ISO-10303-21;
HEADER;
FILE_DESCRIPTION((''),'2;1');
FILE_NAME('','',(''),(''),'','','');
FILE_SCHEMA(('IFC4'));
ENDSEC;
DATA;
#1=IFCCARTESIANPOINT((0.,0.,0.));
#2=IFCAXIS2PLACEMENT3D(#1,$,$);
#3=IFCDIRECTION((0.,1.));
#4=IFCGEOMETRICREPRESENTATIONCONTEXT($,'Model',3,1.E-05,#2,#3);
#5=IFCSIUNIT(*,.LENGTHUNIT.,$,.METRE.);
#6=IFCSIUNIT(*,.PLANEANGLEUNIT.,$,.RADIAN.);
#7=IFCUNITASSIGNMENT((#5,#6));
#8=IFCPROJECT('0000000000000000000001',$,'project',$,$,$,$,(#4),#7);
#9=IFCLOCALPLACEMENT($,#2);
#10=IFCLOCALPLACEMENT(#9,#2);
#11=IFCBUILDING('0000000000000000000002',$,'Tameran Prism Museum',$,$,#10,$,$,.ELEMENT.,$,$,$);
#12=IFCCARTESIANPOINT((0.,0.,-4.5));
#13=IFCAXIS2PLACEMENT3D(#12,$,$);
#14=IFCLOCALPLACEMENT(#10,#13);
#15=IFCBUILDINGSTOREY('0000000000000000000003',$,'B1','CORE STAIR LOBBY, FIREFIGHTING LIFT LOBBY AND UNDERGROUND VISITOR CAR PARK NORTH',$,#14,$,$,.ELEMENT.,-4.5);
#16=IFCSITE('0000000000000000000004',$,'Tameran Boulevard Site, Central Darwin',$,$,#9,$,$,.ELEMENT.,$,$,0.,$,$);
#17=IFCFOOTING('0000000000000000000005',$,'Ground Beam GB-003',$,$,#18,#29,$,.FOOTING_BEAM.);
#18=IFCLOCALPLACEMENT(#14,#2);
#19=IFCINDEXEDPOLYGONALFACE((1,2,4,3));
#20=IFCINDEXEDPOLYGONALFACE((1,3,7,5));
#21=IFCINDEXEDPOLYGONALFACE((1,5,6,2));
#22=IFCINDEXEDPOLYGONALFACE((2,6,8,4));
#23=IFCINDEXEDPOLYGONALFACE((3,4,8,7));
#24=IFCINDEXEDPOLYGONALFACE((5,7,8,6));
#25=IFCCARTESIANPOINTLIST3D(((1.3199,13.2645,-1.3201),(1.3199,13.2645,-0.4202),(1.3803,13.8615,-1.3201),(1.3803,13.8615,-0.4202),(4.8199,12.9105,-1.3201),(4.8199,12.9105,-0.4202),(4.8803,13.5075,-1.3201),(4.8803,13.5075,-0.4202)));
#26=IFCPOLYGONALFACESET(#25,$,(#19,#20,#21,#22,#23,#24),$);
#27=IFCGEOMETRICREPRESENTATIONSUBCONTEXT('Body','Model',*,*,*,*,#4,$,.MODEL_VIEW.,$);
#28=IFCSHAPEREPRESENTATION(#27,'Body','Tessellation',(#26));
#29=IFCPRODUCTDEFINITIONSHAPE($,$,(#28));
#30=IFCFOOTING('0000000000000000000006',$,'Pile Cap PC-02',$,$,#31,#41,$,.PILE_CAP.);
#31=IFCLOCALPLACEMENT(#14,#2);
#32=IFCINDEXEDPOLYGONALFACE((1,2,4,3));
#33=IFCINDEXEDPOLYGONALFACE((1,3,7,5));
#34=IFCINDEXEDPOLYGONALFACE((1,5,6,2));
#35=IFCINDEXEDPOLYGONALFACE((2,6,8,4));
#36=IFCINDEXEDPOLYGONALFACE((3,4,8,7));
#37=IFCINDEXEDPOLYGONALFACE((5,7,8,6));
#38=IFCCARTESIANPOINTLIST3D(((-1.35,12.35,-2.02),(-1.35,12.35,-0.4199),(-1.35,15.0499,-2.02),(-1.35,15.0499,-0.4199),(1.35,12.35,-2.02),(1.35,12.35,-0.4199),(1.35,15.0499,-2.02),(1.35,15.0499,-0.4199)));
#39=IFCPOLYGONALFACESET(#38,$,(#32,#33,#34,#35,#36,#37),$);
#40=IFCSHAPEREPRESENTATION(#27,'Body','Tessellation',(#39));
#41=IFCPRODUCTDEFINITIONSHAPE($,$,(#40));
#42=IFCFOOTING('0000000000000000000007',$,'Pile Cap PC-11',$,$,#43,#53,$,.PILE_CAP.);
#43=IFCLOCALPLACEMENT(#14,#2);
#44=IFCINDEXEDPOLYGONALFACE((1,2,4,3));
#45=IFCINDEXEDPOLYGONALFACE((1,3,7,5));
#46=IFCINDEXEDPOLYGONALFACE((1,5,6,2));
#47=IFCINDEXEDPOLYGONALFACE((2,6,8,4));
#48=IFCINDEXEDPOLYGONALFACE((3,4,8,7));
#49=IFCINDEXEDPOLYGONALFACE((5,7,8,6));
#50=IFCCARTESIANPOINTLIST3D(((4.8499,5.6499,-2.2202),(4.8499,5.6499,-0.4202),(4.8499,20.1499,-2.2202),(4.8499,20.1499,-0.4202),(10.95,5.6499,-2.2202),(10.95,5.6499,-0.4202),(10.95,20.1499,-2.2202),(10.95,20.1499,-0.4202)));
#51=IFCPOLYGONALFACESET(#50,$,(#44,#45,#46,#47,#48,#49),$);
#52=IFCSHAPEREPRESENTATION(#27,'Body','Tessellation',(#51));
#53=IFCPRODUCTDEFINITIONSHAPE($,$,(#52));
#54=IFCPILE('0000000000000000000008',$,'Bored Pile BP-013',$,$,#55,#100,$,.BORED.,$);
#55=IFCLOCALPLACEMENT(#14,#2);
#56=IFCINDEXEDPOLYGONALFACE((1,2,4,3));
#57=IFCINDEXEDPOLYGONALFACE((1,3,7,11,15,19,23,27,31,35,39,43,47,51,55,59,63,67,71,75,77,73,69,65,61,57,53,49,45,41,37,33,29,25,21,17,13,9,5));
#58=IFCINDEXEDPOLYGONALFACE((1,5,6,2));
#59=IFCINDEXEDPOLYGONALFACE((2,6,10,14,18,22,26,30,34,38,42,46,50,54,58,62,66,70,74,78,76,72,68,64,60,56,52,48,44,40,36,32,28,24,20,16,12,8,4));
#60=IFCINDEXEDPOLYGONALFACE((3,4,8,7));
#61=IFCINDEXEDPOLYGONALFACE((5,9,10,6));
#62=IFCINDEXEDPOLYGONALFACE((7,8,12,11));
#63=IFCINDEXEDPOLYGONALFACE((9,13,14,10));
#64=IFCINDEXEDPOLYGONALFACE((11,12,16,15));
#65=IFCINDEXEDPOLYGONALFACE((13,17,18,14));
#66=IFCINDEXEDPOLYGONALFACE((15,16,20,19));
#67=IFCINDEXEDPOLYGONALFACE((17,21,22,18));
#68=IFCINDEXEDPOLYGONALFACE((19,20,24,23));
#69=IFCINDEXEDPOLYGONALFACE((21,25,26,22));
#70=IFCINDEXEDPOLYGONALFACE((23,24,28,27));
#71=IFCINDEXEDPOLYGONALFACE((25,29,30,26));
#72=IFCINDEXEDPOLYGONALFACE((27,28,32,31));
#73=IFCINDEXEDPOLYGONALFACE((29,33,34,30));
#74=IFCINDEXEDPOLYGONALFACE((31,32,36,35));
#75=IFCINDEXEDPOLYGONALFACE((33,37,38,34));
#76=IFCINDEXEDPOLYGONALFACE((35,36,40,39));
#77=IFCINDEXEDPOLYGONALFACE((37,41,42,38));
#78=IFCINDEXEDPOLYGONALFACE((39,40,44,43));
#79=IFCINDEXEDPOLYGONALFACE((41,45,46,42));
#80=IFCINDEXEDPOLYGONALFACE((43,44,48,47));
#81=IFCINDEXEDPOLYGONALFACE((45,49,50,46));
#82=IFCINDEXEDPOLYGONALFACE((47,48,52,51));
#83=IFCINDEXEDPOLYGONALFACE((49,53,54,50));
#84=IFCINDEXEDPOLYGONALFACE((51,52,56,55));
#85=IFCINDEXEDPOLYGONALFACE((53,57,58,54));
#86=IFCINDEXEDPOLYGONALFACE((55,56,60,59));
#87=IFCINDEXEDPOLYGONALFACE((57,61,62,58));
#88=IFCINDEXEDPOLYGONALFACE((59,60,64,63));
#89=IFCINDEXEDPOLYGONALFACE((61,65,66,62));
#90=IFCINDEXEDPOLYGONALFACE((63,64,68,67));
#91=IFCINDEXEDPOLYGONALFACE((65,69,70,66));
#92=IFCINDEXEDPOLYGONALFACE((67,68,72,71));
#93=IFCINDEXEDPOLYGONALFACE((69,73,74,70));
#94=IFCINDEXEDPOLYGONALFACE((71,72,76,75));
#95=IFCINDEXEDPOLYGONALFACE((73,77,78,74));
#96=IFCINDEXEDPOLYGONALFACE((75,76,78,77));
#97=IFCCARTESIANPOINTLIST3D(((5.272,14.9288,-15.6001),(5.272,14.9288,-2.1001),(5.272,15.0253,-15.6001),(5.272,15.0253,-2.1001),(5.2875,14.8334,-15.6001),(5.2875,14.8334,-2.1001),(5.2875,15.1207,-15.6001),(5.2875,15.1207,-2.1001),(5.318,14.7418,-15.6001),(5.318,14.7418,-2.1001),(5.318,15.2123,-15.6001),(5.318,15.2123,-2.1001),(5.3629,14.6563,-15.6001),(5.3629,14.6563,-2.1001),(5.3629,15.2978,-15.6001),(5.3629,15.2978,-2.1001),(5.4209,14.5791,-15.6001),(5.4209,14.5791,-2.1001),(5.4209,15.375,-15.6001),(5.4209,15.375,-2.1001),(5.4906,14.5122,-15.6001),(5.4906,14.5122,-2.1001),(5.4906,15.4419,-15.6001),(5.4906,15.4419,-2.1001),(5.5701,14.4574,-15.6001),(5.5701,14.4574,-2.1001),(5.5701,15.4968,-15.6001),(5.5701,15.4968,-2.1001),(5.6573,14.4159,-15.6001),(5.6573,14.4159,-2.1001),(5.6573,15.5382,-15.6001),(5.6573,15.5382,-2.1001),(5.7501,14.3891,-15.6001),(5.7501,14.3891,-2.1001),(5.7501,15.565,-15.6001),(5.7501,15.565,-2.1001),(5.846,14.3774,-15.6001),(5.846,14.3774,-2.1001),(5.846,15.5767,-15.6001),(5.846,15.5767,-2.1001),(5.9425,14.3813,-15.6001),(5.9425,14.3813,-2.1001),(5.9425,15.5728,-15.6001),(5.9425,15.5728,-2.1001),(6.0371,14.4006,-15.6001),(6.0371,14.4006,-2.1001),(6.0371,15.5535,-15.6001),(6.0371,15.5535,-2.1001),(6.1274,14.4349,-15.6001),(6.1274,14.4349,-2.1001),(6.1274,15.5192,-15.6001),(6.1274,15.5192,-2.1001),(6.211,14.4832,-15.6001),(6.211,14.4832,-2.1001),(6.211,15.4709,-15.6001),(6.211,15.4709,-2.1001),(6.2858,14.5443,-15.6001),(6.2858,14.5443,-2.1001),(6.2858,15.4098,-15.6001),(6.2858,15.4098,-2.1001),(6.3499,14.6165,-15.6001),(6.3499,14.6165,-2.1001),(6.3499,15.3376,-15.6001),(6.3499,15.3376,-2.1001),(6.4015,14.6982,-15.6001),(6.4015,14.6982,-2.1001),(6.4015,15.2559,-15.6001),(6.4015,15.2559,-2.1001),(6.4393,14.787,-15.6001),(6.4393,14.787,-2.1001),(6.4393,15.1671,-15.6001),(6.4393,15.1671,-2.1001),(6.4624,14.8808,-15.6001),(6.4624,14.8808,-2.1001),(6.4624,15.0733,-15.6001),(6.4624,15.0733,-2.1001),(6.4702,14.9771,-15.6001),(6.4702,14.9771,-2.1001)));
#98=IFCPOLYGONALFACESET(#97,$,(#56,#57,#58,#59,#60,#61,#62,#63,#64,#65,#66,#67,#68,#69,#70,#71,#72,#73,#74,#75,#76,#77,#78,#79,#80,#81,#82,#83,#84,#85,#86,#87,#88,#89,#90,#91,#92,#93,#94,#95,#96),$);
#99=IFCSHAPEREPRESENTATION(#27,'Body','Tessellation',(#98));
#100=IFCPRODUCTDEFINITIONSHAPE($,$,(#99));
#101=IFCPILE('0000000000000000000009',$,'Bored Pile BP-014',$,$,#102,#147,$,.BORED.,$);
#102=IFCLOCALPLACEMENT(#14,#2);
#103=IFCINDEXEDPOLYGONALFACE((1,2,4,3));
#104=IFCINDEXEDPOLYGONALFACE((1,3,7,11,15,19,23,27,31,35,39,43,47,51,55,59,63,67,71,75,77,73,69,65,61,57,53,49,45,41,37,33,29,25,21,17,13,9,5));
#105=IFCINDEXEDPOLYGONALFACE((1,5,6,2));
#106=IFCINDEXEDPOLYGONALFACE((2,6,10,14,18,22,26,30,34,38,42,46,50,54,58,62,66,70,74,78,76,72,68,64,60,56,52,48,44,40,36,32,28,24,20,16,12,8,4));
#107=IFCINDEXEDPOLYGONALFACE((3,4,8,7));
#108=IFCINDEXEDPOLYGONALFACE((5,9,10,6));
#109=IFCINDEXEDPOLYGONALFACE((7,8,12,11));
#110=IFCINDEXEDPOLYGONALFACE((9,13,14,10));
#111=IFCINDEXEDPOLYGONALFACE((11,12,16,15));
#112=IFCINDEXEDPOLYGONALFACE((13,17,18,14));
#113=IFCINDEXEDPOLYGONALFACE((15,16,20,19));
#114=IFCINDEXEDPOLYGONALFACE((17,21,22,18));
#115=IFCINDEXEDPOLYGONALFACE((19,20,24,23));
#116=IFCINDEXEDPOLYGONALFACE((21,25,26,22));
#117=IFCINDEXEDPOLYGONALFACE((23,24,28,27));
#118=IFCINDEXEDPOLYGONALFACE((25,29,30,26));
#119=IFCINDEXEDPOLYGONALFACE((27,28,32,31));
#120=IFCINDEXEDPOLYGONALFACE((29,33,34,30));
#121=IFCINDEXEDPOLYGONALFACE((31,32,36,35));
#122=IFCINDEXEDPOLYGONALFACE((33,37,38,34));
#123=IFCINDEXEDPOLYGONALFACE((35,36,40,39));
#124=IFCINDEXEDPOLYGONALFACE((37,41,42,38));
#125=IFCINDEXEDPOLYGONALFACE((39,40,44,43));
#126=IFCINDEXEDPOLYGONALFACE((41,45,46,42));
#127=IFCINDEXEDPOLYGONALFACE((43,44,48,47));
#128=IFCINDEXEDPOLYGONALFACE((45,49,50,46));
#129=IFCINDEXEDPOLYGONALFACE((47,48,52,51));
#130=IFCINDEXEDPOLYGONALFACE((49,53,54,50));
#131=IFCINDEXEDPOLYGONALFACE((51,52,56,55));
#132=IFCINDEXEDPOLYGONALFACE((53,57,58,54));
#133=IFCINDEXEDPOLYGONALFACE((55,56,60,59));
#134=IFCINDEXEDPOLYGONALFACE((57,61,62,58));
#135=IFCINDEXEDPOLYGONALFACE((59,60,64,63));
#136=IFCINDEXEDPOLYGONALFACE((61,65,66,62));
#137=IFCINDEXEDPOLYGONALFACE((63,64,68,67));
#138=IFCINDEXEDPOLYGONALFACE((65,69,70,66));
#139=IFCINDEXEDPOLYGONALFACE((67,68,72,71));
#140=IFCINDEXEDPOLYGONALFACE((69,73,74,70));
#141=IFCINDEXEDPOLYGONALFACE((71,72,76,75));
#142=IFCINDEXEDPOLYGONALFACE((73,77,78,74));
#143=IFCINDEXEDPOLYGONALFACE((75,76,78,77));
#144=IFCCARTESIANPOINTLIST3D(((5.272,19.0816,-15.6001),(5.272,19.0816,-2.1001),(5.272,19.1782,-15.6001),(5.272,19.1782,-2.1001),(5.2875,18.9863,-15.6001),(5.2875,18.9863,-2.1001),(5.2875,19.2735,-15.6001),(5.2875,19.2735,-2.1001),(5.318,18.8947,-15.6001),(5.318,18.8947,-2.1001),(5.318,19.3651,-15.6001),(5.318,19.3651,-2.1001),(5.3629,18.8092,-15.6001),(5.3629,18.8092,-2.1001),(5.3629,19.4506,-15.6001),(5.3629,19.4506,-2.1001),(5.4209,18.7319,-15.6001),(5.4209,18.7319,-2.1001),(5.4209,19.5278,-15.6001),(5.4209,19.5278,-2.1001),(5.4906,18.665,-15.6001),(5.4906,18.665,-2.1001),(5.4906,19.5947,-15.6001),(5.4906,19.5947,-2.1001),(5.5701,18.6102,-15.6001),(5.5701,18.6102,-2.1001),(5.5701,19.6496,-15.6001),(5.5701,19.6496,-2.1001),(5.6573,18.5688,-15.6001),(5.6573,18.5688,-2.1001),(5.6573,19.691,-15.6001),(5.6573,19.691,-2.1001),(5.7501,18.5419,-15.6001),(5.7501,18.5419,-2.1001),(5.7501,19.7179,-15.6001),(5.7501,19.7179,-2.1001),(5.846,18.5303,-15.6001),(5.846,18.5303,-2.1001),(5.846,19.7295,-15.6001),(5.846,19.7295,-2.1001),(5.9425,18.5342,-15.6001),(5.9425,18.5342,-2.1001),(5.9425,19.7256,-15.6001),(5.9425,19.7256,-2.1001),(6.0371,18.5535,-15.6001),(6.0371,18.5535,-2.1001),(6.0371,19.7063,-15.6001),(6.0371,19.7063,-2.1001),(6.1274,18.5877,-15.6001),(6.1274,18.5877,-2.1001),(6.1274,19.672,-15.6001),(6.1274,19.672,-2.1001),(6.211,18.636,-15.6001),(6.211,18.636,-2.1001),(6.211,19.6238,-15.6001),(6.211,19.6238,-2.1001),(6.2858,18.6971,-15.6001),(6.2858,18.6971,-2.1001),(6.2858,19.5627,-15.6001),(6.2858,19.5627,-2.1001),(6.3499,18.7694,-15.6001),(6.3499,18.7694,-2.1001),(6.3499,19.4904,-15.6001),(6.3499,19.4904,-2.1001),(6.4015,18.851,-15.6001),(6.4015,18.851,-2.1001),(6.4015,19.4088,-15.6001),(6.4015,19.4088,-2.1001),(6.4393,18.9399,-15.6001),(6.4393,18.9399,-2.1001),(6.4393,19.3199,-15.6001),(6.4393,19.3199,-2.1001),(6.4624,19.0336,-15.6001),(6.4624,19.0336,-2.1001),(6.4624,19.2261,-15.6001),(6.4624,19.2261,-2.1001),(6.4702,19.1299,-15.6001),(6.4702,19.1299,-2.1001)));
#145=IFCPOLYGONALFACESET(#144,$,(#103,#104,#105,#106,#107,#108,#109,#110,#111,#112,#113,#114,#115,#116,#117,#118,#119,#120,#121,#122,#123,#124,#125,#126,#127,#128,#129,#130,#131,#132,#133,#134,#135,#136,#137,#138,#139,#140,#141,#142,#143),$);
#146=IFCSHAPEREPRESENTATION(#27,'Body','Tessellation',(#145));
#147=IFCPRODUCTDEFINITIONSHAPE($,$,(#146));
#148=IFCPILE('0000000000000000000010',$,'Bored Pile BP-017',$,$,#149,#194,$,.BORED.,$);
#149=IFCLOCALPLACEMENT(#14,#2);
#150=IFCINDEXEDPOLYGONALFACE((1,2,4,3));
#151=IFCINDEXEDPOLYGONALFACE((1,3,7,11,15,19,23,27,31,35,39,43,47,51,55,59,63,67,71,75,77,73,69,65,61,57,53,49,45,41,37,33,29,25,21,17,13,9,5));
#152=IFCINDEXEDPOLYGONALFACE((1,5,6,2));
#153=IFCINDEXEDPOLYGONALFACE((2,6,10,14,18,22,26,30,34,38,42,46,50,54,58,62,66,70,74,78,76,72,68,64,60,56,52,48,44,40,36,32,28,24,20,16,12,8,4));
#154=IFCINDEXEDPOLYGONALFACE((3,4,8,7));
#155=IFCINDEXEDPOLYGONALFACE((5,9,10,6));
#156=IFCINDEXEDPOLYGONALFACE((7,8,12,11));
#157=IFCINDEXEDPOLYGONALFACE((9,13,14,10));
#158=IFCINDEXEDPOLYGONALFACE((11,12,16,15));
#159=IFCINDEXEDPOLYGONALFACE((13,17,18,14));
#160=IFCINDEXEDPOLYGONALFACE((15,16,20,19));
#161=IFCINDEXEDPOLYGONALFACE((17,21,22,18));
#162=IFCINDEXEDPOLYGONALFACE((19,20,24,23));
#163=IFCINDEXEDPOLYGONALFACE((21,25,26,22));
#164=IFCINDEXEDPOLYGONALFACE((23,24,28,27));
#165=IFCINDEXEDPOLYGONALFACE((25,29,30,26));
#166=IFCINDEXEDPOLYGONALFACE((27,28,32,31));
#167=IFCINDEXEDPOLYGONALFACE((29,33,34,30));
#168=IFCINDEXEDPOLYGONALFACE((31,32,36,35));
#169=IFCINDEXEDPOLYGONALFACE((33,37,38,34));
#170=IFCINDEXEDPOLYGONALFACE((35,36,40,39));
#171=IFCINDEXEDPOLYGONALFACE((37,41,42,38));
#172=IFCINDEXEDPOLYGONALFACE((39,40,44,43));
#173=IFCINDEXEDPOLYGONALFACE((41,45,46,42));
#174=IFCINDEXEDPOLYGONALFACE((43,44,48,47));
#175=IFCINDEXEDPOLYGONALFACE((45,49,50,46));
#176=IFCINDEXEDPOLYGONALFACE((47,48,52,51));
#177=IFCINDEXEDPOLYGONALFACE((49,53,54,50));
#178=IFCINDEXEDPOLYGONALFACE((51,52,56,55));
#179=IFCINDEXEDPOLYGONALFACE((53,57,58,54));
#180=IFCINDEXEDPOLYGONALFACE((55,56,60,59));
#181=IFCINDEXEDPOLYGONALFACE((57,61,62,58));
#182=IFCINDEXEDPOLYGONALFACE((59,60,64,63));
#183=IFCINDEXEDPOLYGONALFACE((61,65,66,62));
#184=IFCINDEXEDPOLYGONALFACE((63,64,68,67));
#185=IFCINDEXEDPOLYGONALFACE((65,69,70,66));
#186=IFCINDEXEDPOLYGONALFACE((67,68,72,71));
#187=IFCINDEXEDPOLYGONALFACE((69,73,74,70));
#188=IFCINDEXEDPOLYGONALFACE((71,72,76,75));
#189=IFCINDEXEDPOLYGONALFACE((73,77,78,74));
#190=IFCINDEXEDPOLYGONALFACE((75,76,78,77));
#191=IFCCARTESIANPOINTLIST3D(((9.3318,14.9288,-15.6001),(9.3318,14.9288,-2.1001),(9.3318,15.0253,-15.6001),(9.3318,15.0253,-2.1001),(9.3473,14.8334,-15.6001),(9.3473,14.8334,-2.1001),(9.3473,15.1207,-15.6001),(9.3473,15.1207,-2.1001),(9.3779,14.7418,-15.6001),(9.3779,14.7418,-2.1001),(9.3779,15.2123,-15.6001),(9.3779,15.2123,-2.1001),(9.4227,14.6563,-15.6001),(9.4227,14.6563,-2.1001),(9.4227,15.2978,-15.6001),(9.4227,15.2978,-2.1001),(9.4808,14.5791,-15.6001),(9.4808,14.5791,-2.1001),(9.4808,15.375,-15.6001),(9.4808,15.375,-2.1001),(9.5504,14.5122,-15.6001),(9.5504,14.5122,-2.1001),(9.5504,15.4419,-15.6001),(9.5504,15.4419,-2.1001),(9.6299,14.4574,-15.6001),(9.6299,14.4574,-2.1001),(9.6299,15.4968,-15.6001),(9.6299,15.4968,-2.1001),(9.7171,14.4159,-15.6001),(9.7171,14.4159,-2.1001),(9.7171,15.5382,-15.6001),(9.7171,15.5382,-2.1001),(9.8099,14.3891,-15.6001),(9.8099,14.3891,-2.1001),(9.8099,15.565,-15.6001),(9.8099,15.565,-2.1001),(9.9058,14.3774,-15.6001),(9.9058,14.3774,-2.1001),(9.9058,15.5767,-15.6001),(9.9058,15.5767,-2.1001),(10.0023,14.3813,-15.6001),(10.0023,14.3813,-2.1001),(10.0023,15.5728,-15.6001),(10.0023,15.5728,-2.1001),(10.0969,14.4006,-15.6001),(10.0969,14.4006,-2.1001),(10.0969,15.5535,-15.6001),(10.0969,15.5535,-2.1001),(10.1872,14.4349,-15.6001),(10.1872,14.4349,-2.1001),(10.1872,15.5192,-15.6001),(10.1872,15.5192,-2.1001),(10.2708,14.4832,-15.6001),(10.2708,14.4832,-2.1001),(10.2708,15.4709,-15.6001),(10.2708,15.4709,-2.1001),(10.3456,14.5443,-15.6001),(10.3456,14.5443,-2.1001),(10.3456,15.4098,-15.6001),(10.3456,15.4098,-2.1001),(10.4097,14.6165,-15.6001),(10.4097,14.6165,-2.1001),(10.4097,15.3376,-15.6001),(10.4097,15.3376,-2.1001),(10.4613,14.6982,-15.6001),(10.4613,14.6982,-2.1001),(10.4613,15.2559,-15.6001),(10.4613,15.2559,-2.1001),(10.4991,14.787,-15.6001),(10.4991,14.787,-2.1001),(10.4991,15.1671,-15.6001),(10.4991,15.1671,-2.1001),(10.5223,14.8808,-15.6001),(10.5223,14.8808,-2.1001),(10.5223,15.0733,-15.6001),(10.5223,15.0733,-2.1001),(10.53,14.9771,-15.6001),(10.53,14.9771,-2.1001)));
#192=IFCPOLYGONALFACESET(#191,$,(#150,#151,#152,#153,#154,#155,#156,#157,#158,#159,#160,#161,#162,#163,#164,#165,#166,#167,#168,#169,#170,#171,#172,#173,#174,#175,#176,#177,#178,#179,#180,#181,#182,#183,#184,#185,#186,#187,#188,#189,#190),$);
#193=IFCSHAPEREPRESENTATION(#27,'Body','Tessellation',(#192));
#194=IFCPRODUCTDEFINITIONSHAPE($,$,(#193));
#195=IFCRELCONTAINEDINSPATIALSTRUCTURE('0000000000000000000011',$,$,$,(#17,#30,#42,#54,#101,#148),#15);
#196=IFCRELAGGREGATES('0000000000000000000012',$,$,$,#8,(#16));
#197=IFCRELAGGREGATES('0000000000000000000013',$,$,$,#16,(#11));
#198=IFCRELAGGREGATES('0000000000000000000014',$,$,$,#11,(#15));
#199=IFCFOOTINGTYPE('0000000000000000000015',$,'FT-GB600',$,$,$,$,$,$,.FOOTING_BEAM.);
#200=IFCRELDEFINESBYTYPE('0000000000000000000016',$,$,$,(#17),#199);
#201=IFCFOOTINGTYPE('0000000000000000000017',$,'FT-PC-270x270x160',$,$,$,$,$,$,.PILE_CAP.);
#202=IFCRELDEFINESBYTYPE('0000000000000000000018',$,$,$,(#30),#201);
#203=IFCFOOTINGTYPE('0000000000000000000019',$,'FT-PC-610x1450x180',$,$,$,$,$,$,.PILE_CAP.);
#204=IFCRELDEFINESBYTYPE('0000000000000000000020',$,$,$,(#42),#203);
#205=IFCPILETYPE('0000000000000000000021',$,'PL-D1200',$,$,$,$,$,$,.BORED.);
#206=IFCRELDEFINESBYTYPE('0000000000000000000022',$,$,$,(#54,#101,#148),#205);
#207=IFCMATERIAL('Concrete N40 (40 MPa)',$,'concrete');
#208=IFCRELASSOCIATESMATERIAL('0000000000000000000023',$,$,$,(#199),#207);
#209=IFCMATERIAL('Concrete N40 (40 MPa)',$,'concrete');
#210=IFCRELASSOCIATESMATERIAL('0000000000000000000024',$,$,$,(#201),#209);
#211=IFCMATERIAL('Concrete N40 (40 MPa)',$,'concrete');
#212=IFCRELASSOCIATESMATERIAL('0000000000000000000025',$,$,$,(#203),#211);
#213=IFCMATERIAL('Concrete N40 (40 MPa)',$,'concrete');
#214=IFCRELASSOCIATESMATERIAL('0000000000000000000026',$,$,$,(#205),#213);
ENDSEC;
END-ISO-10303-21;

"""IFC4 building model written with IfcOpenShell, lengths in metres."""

from ifc_helpers import new_model, si_unit, direction, frame, origin, origin_2d, place, context, subcontext, project, spatial, rectangle, circle, extrude, material, material_profile, profile_set, type_object, element, save


model = new_model("IFC4")

# Units and contexts
model_context = context("Model", 3, precision=1e-05, world=origin(), true_north=direction((0.0, 1.0)))
body_context = subcontext(model_context, "Body", "Model", "MODEL_VIEW")
ifc_project = project(units=[si_unit("LENGTHUNIT", "METRE"), si_unit("PLANEANGLEUNIT", "RADIAN")], contexts=[model_context])

# Site, building, storey
site_placement = place(None, origin())
site = spatial("IfcSite", under=ifc_project, at=site_placement, Name="Tameran Boulevard Site, Central Darwin", CompositionType="ELEMENT", RefElevation=0.0)
building_placement = place(site_placement, origin())
building = spatial("IfcBuilding", under=site, at=building_placement, Name="Tameran Prism Museum", CompositionType="ELEMENT")
storey_placement = place(building_placement, frame((0.0, 0.0, -4.5)))
storey = spatial("IfcBuildingStorey", under=building, at=storey_placement, Name="B1", Description="CORE STAIR LOBBY, FIREFIGHTING LIFT LOBBY AND UNDERGROUND VISITOR CAR PARK NORTH", CompositionType="ELEMENT", Elevation=-4.5)

# Footings
ifc_material_1 = material(Name="Concrete N40 (40 MPa)", Category="concrete")
ifc_material_profile_1 = material_profile(ifc_material_1, rectangle(XDim=0.6001, YDim=0.8999, at=origin_2d()))
ifc_profile_set_1 = profile_set([ifc_material_profile_1])
footing_type_1 = type_object("IfcFootingType", Name="FT-GB600", PredefinedType="FOOTING_BEAM", material=ifc_profile_set_1)
footing_1_placement = place(storey_placement, frame((1.3501, 13.563, -0.8701), z_axis=(0.994924, -0.100631, 0.0), x_axis=(0.100631, 0.994924, 0.0)))
element("IfcFooting", 1, at=footing_1_placement, inside=storey, type_object=footing_type_1, Name="Ground Beam GB-003", PredefinedType="FOOTING_BEAM", context=body_context, shape_type="SweptSolid", body=[
    extrude(rectangle(XDim=0.6001, YDim=0.8999, at=origin_2d()), origin(), (0.0, 0.0, 1.0), 3.5178),
])
ifc_material_2 = material(Name="Concrete N40 (40 MPa)", Category="concrete")
footing_type_2 = type_object("IfcFootingType", Name="FT-PC-270x270x160", PredefinedType="PILE_CAP", material=ifc_material_2)
footing_2_placement = place(storey_placement, frame((0.0, 13.7, -2.02), z_axis=(0.0, 0.0, 1.0), x_axis=(1.0, 0.0, 0.0)))
element("IfcFooting", 2, at=footing_2_placement, inside=storey, type_object=footing_type_2, Name="Pile Cap PC-02", PredefinedType="PILE_CAP", context=body_context, shape_type="SweptSolid", body=[
    extrude(rectangle(XDim=2.7, YDim=2.7, at=origin_2d()), origin(), (0.0, 0.0, 1.0), 1.6001),
])
ifc_material_3 = material(Name="Concrete N40 (40 MPa)", Category="concrete")
footing_type_3 = type_object("IfcFootingType", Name="FT-PC-610x1450x180", PredefinedType="PILE_CAP", material=ifc_material_3)
footing_3_placement = place(storey_placement, frame((7.8999, 12.8999, -2.2202), z_axis=(0.0, 0.0, 1.0), x_axis=(1.0, 0.0, 0.0)))
element("IfcFooting", 3, at=footing_3_placement, inside=storey, type_object=footing_type_3, Name="Pile Cap PC-11", PredefinedType="PILE_CAP", context=body_context, shape_type="SweptSolid", body=[
    extrude(rectangle(XDim=6.1001, YDim=14.5, at=origin_2d()), origin(), (0.0, 0.0, 1.0), 1.8),
])

# Piles
ifc_material_4 = material(Name="Concrete N40 (40 MPa)", Category="concrete")
ifc_material_profile_2 = material_profile(ifc_material_4, circle(Radius=0.6001, at=origin_2d()))
ifc_profile_set_2 = profile_set([ifc_material_profile_2])
pile_type_1 = type_object("IfcPileType", Name="PL-D1200", PredefinedType="BORED", material=ifc_profile_set_2)
for number, where, z_axis, x_axis, name in (
    (4, (5.8701, 14.9771, -2.1001), (0.0, 0.0, -1.0), (1.0, 0.0, 0.0), "Bored Pile BP-013"),
    (5, (5.8701, 19.1299, -2.1001), (0.0, 0.0, -1.0), (1.0, 0.0, 0.0), "Bored Pile BP-014"),
    (6, (9.9299, 14.9771, -2.1001), (0.0, 0.0, -1.0), (1.0, 0.0, 0.0), "Bored Pile BP-017"),
):
    element("IfcPile", number, at=place(storey_placement, frame(where, z_axis=z_axis, x_axis=x_axis)), inside=storey, type_object=pile_type_1, Name=name, PredefinedType="BORED", context=body_context, shape_type="SweptSolid", body=[
        extrude(circle(Radius=0.6001, at=origin_2d()), origin(), (0.0, 0.0, 1.0), 13.5),
    ])

save(model, "model.ifc")
